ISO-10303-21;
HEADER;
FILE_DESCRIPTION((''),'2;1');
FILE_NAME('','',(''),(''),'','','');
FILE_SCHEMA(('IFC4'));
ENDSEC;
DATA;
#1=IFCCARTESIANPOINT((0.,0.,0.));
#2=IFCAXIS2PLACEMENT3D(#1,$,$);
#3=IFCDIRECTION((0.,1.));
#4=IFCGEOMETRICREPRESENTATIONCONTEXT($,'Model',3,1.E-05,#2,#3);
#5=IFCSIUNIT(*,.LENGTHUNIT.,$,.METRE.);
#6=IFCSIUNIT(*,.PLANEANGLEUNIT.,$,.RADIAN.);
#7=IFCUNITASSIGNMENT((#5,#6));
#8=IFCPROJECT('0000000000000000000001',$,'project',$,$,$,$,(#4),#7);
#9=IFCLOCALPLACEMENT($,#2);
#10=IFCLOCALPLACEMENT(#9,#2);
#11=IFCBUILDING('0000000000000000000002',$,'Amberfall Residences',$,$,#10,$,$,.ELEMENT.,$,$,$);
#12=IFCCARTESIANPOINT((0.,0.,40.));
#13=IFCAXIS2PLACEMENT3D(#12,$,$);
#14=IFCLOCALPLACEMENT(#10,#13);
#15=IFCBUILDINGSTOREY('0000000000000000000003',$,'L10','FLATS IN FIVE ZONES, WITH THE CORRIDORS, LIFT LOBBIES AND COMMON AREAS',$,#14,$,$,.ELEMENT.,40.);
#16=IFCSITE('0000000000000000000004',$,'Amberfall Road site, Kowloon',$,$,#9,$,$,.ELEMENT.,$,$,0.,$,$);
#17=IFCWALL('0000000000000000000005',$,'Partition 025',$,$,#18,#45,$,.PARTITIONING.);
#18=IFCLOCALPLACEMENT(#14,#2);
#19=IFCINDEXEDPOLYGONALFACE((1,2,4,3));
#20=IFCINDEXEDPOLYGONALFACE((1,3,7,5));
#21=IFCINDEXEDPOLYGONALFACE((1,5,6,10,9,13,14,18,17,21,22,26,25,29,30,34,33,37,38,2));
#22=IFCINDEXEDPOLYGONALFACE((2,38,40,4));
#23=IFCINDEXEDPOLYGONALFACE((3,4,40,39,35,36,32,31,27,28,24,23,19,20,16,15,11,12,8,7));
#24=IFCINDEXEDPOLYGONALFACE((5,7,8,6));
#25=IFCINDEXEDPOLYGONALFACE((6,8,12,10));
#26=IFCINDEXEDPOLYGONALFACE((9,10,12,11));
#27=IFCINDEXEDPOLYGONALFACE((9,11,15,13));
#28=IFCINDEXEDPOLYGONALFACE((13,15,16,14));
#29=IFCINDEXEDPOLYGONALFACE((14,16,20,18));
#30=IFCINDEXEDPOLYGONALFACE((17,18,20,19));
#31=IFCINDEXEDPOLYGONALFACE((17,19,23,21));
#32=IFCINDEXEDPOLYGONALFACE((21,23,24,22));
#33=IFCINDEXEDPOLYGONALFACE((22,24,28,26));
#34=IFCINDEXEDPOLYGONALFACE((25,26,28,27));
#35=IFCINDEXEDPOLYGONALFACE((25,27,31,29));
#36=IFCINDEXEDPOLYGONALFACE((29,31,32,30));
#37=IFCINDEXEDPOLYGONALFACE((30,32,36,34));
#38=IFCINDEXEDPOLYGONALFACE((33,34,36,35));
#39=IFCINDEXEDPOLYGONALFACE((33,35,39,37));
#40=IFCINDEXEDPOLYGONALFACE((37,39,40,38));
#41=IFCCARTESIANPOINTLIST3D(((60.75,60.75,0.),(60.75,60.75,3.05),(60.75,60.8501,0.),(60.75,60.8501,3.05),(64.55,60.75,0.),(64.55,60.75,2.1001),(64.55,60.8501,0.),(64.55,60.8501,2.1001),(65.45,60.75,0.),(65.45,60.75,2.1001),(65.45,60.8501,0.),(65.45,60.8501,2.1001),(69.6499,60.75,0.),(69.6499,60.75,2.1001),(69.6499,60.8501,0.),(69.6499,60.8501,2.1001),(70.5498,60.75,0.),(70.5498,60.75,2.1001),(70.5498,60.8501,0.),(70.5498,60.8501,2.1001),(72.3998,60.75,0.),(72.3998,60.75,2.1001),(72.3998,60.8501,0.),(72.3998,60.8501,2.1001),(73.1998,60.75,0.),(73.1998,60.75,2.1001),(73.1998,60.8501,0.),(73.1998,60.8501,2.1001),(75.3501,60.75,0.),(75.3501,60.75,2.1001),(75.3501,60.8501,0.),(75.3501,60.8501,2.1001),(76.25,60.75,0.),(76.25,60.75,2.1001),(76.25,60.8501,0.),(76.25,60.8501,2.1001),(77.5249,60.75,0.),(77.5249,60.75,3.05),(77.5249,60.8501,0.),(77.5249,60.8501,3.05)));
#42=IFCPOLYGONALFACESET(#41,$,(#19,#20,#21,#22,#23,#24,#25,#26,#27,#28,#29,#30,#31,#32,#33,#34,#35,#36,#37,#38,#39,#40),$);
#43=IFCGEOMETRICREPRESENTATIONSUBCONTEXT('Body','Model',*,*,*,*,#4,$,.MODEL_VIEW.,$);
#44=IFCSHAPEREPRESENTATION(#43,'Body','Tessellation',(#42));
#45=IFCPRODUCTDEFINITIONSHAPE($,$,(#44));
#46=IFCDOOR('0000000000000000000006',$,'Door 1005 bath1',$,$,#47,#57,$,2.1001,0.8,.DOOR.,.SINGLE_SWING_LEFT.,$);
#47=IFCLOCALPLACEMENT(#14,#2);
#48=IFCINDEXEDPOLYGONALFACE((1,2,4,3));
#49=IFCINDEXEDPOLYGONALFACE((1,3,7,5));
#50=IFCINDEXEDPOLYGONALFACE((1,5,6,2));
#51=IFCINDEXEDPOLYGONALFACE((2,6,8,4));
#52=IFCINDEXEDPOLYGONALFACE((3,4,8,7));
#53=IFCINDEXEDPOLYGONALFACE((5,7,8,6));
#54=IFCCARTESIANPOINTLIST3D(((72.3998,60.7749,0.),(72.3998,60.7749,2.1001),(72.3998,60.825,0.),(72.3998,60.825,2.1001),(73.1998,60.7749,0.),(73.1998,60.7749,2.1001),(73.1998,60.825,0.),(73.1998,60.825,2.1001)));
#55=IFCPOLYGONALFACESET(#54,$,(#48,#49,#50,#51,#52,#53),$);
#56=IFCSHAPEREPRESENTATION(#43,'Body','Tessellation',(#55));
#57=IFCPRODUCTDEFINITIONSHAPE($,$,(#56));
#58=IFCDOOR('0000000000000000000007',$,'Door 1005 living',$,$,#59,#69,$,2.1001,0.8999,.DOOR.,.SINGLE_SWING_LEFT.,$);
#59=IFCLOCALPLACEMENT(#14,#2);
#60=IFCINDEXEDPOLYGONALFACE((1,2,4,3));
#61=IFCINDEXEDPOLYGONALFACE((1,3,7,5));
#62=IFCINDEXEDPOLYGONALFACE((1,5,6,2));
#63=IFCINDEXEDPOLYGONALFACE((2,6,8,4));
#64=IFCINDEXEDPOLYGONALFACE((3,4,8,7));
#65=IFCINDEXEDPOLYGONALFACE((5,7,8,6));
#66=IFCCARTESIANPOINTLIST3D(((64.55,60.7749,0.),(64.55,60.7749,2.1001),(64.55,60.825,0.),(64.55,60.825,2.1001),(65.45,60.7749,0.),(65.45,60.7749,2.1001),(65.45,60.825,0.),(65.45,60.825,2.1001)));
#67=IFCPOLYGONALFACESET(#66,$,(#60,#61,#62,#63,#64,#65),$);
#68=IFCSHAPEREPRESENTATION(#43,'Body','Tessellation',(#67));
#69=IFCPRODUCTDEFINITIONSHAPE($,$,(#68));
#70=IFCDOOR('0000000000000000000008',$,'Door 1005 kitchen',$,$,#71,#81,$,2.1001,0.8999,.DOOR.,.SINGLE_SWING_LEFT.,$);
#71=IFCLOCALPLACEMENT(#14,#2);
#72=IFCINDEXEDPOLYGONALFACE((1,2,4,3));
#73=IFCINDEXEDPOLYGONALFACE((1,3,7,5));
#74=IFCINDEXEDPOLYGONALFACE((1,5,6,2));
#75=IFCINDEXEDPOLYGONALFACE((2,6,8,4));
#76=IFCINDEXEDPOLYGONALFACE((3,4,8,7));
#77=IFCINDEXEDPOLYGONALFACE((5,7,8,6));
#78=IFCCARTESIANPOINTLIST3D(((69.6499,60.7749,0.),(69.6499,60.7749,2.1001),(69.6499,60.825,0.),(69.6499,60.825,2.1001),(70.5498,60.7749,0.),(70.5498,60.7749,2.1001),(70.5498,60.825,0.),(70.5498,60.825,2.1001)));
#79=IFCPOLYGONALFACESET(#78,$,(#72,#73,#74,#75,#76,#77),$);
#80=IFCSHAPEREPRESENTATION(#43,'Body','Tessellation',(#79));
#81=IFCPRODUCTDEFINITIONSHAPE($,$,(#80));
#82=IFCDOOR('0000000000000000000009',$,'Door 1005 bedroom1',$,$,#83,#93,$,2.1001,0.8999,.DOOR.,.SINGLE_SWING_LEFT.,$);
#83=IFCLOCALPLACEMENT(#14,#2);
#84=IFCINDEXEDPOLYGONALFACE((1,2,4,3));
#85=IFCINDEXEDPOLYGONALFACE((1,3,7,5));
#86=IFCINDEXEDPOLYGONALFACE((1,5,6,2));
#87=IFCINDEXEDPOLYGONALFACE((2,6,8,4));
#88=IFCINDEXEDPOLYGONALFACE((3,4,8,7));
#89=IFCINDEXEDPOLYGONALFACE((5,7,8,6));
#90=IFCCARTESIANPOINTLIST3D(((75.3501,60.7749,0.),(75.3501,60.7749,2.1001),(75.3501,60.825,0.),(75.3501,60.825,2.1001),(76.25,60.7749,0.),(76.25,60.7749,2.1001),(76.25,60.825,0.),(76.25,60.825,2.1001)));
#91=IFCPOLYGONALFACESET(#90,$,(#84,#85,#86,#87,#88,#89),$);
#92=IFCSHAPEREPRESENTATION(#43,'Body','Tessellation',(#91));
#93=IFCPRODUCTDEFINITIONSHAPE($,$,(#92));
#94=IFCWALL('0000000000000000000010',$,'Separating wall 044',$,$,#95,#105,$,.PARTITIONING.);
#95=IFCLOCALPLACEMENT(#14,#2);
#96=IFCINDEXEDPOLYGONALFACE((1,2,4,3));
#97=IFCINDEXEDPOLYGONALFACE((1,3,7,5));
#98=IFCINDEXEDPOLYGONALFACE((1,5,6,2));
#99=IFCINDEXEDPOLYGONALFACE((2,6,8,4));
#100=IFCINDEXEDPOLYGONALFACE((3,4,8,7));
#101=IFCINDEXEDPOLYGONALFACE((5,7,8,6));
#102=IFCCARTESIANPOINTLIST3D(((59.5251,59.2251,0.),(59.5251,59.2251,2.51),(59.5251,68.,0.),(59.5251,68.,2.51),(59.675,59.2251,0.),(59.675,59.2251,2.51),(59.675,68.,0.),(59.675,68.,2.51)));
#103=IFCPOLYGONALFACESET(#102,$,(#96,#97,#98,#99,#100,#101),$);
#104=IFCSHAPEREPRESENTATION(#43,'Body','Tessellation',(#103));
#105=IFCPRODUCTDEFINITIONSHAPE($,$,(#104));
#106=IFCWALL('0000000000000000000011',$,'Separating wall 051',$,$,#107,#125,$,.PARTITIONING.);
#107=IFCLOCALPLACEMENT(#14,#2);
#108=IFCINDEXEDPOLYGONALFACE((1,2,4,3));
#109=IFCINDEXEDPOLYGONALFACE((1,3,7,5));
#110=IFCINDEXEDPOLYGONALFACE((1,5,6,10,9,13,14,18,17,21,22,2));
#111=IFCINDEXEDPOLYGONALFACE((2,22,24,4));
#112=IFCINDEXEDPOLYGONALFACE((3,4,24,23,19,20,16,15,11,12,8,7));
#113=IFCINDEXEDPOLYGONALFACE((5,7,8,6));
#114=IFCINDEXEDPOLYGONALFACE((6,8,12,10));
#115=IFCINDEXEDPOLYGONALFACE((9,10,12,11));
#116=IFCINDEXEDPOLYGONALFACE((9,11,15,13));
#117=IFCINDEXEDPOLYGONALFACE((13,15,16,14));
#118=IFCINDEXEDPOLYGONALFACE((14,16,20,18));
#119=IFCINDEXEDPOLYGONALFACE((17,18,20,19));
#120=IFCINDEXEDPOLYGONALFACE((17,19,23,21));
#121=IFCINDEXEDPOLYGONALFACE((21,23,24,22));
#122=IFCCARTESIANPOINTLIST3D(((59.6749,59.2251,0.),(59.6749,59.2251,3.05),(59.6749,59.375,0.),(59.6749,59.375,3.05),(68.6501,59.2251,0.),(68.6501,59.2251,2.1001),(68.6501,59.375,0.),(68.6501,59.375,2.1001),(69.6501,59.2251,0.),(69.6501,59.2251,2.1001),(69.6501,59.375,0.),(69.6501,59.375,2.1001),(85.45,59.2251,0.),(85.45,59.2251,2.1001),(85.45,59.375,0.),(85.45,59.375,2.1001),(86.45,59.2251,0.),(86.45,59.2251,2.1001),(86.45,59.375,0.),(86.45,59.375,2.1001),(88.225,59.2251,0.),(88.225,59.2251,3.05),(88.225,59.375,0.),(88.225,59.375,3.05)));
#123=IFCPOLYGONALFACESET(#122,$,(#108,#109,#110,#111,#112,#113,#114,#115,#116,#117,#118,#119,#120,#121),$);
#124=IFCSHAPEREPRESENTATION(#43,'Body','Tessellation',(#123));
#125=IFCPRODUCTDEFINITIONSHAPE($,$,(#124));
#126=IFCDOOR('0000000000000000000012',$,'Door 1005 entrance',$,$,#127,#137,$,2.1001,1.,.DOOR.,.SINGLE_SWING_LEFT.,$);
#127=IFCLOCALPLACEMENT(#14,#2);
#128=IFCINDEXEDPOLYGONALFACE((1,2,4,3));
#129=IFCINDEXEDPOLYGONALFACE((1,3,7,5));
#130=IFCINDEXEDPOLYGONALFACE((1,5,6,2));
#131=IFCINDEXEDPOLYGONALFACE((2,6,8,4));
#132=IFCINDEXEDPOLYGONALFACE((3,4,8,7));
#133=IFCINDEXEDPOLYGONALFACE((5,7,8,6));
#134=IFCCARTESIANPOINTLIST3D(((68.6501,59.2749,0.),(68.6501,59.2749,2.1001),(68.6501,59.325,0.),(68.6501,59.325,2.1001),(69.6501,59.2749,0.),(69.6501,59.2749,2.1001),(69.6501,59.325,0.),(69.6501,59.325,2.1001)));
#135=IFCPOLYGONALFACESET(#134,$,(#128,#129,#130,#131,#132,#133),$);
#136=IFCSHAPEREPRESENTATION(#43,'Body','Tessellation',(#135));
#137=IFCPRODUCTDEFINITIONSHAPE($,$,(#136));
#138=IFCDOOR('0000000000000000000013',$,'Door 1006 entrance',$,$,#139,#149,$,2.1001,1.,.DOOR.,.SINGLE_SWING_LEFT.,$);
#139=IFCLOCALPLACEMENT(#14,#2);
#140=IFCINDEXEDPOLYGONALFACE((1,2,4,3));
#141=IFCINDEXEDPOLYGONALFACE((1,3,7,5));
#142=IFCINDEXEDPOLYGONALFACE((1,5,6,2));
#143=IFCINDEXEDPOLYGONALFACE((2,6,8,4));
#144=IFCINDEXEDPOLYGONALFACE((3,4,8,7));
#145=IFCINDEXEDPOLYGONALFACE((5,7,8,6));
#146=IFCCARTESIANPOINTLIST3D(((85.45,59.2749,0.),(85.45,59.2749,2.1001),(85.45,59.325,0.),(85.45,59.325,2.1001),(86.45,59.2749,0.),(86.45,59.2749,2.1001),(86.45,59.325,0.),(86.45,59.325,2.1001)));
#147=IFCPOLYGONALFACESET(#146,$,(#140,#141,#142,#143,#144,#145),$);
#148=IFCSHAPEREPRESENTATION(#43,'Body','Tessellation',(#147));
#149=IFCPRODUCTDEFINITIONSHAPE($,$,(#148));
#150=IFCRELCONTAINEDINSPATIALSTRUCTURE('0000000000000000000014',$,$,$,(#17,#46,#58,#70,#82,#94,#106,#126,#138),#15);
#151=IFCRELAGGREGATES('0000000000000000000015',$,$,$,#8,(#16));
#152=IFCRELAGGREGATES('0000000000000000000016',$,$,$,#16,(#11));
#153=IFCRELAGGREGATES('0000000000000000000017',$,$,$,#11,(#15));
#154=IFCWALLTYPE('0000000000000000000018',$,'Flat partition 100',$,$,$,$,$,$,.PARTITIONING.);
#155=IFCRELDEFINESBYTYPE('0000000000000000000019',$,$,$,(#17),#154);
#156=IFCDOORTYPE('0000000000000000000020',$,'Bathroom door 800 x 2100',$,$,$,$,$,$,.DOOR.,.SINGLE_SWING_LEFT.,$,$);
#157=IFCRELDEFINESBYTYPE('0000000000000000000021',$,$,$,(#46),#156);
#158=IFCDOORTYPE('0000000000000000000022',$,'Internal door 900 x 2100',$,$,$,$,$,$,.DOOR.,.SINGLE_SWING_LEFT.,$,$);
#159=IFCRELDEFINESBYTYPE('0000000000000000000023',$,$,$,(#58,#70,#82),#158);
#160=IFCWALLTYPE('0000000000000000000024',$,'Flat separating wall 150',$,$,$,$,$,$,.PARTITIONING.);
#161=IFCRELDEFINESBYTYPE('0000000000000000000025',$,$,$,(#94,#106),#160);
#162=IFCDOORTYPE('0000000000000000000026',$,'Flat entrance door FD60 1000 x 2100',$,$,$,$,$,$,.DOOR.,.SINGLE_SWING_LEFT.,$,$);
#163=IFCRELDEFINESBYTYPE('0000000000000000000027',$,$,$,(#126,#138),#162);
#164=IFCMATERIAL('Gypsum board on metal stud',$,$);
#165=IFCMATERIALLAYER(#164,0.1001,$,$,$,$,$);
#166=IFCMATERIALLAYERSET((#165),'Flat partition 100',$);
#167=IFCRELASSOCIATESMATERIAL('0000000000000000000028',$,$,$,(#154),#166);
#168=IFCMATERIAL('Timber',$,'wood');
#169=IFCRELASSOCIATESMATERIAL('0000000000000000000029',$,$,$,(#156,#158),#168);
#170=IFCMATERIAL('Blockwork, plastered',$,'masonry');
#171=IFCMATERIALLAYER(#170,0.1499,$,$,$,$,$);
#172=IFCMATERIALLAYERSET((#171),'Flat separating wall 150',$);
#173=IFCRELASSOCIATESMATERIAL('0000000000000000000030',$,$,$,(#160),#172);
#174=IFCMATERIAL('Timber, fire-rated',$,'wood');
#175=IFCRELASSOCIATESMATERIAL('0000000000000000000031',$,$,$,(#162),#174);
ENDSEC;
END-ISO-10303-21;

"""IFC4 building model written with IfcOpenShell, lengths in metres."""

from ifc_helpers import new_model, si_unit, direction, frame, frame_2d, origin, place, context, subcontext, project, spatial, rectangle, extrude, material, layer, layer_set, type_object, element, fill, save


model = new_model("IFC4")

# Units and contexts
model_context = context("Model", 3, precision=1e-05, world=origin(), true_north=direction((0.0, 1.0)))
body_context = subcontext(model_context, "Body", "Model", "MODEL_VIEW")
ifc_project = project(units=[si_unit("LENGTHUNIT", "METRE"), si_unit("PLANEANGLEUNIT", "RADIAN")], contexts=[model_context])

# Site, building, storey
site_placement = place(None, origin())
site = spatial("IfcSite", under=ifc_project, at=site_placement, Name="Amberfall Road site, Kowloon", CompositionType="ELEMENT", RefElevation=0.0)
building_placement = place(site_placement, origin())
building = spatial("IfcBuilding", under=site, at=building_placement, Name="Amberfall Residences", CompositionType="ELEMENT")
storey_placement = place(building_placement, frame((0.0, 0.0, 40.0)))
storey = spatial("IfcBuildingStorey", under=building, at=storey_placement, Name="L10", Description="FLATS IN FIVE ZONES, WITH THE CORRIDORS, LIFT LOBBIES AND COMMON AREAS", CompositionType="ELEMENT", Elevation=40.0)

# Shared definitions
ifc_material_1 = material(Name="Gypsum board on metal stud")
ifc_layer_1 = layer(ifc_material_1, 0.1001)
ifc_layer_set_1 = layer_set([ifc_layer_1], Name="Flat partition 100")
wall_type_1 = type_object("IfcWallType", Name="Flat partition 100", PredefinedType="PARTITIONING", material=ifc_layer_set_1)
ifc_material_2 = material(Name="Timber", Category="wood")
door_type_1 = type_object("IfcDoorType", Name="Bathroom door 800 x 2100", OperationType="SINGLE_SWING_LEFT", PredefinedType="DOOR", material=ifc_material_2)

# Wall, openings, doors
wall_1_placement = place(storey_placement, frame((60.75, 60.8, 0.0), z_axis=(0.0, 0.0, 1.0), x_axis=(1.0, 0.0, 0.0)))
wall_1 = element("IfcWall", 1, at=wall_1_placement, inside=storey, type_object=wall_type_1, Name="Partition 025", PredefinedType="PARTITIONING", context=body_context, shape_type="SweptSolid", body=[
    extrude(rectangle(XDim=16.7749, YDim=0.1001, at=frame_2d((8.3875, 0.0))), origin(), (0.0, 0.0, 1.0), 3.05),
])
opening_1_placement = place(wall_1_placement, frame((3.8, 0.0, 0.0)))
opening_1 = element("IfcOpeningElement", 2, at=opening_1_placement, cuts=wall_1, PredefinedType="OPENING", context=body_context, shape_type="SweptSolid", body=[
    extrude(rectangle(XDim=0.8999, YDim=2.1001, at=frame_2d((0.45, 1.05))), frame((0.0, 0.0601, 0.0), z_axis=(0.0, -1.0, 0.0), x_axis=(1.0, 0.0, 0.0)), (0.0, 0.0, 1.0), 0.1201),
])
opening_2_placement = place(wall_1_placement, frame((8.8999, 0.0, 0.0)))
opening_2 = element("IfcOpeningElement", 3, at=opening_2_placement, cuts=wall_1, PredefinedType="OPENING", context=body_context, shape_type="SweptSolid", body=[
    extrude(rectangle(XDim=0.8999, YDim=2.1001, at=frame_2d((0.45, 1.05))), frame((0.0, 0.0601, 0.0), z_axis=(0.0, -1.0, 0.0), x_axis=(1.0, 0.0, 0.0)), (0.0, 0.0, 1.0), 0.1201),
])
opening_3_placement = place(wall_1_placement, frame((14.6001, 0.0, 0.0)))
opening_3 = element("IfcOpeningElement", 4, at=opening_3_placement, cuts=wall_1, PredefinedType="OPENING", context=body_context, shape_type="SweptSolid", body=[
    extrude(rectangle(XDim=0.8999, YDim=2.1001, at=frame_2d((0.45, 1.05))), frame((0.0, 0.0601, 0.0), z_axis=(0.0, -1.0, 0.0), x_axis=(1.0, 0.0, 0.0)), (0.0, 0.0, 1.0), 0.1201),
])
opening_4_placement = place(wall_1_placement, frame((11.6499, 0.0, 0.0)))
opening_4 = element("IfcOpeningElement", 5, at=opening_4_placement, cuts=wall_1, PredefinedType="OPENING", context=body_context, shape_type="SweptSolid", body=[
    extrude(rectangle(XDim=0.8, YDim=2.1001, at=frame_2d((0.3999, 1.05))), frame((0.0, 0.0601, 0.0), z_axis=(0.0, -1.0, 0.0), x_axis=(1.0, 0.0, 0.0)), (0.0, 0.0, 1.0), 0.1201),
])
door_1_placement = place(opening_4_placement, origin())
door_1 = element("IfcDoor", 6, at=door_1_placement, inside=storey, type_object=door_type_1, Name="Door 1005 bath1", OperationType="SINGLE_SWING_LEFT", OverallHeight=2.1001, OverallWidth=0.8, PredefinedType="DOOR", context=body_context, shape_type="SweptSolid", body=[
    extrude(rectangle(XDim=0.8, YDim=2.1001, at=frame_2d((0.3999, 1.05))), frame((0.0, 0.0249, 0.0), z_axis=(0.0, -1.0, 0.0), x_axis=(1.0, 0.0, 0.0)), (0.0, 0.0, 1.0), 0.05),
])
fill(opening_4, door_1)
door_type_2 = type_object("IfcDoorType", Name="Internal door 900 x 2100", OperationType="SINGLE_SWING_LEFT", PredefinedType="DOOR", material=ifc_material_2)
door_2_placement = place(opening_1_placement, origin())
door_2 = element("IfcDoor", 7, at=door_2_placement, inside=storey, type_object=door_type_2, Name="Door 1005 living", OperationType="SINGLE_SWING_LEFT", OverallHeight=2.1001, OverallWidth=0.8999, PredefinedType="DOOR", context=body_context, shape_type="SweptSolid", body=[
    extrude(rectangle(XDim=0.8999, YDim=2.1001, at=frame_2d((0.45, 1.05))), frame((0.0, 0.0249, 0.0), z_axis=(0.0, -1.0, 0.0), x_axis=(1.0, 0.0, 0.0)), (0.0, 0.0, 1.0), 0.05),
])
fill(opening_1, door_2)
door_3_placement = place(opening_2_placement, origin())
door_3 = element("IfcDoor", 8, at=door_3_placement, inside=storey, type_object=door_type_2, Name="Door 1005 kitchen", OperationType="SINGLE_SWING_LEFT", OverallHeight=2.1001, OverallWidth=0.8999, PredefinedType="DOOR", context=body_context, shape_type="SweptSolid", body=[
    extrude(rectangle(XDim=0.8999, YDim=2.1001, at=frame_2d((0.45, 1.05))), frame((0.0, 0.0249, 0.0), z_axis=(0.0, -1.0, 0.0), x_axis=(1.0, 0.0, 0.0)), (0.0, 0.0, 1.0), 0.05),
])
fill(opening_2, door_3)
door_4_placement = place(opening_3_placement, origin())
door_4 = element("IfcDoor", 9, at=door_4_placement, inside=storey, type_object=door_type_2, Name="Door 1005 bedroom1", OperationType="SINGLE_SWING_LEFT", OverallHeight=2.1001, OverallWidth=0.8999, PredefinedType="DOOR", context=body_context, shape_type="SweptSolid", body=[
    extrude(rectangle(XDim=0.8999, YDim=2.1001, at=frame_2d((0.45, 1.05))), frame((0.0, 0.0249, 0.0), z_axis=(0.0, -1.0, 0.0), x_axis=(1.0, 0.0, 0.0)), (0.0, 0.0, 1.0), 0.05),
])
fill(opening_3, door_4)

# Wall
ifc_material_3 = material(Name="Blockwork, plastered", Category="masonry")
ifc_layer_2 = layer(ifc_material_3, 0.1499)
ifc_layer_set_2 = layer_set([ifc_layer_2], Name="Flat separating wall 150")
wall_type_2 = type_object("IfcWallType", Name="Flat separating wall 150", PredefinedType="PARTITIONING", material=ifc_layer_set_2)
wall_2_placement = place(storey_placement, frame((59.6001, 59.2251, 0.0), z_axis=(0.0, 0.0, 1.0), x_axis=(0.0, 1.0, 0.0)))
element("IfcWall", 10, at=wall_2_placement, inside=storey, type_object=wall_type_2, Name="Separating wall 044", PredefinedType="PARTITIONING", context=body_context, shape_type="SweptSolid", body=[
    extrude(rectangle(XDim=8.7749, YDim=0.1499, at=frame_2d((4.3875, 0.0))), origin(), (0.0, 0.0, 1.0), 2.51),
])

# Wall, openings, doors
wall_3_placement = place(storey_placement, frame((59.675, 59.3, 0.0), z_axis=(0.0, 0.0, 1.0), x_axis=(1.0, 0.0, 0.0)))
wall_3 = element("IfcWall", 11, at=wall_3_placement, inside=storey, type_object=wall_type_2, Name="Separating wall 051", PredefinedType="PARTITIONING", context=body_context, shape_type="SweptSolid", body=[
    extrude(rectangle(XDim=28.55, YDim=0.1499, at=frame_2d((14.2749, 0.0))), origin(), (0.0, 0.0, 1.0), 3.05),
])
opening_5_placement = place(wall_3_placement, frame((8.9751, 0.0, 0.0)))
opening_5 = element("IfcOpeningElement", 12, at=opening_5_placement, cuts=wall_3, PredefinedType="OPENING", context=body_context, shape_type="SweptSolid", body=[
    extrude(rectangle(XDim=1.0, YDim=2.1001, at=frame_2d((0.5, 1.05))), frame((0.0, 0.085, 0.0), z_axis=(0.0, -1.0, 0.0), x_axis=(1.0, 0.0, 0.0)), (0.0, 0.0, 1.0), 0.1699),
])
opening_6_placement = place(wall_3_placement, frame((25.7749, 0.0, 0.0)))
opening_6 = element("IfcOpeningElement", 13, at=opening_6_placement, cuts=wall_3, PredefinedType="OPENING", context=body_context, shape_type="SweptSolid", body=[
    extrude(rectangle(XDim=1.0, YDim=2.1001, at=frame_2d((0.5, 1.05))), frame((0.0, 0.085, 0.0), z_axis=(0.0, -1.0, 0.0), x_axis=(1.0, 0.0, 0.0)), (0.0, 0.0, 1.0), 0.1699),
])
ifc_material_4 = material(Name="Timber, fire-rated", Category="wood")
door_type_3 = type_object("IfcDoorType", Name="Flat entrance door FD60 1000 x 2100", OperationType="SINGLE_SWING_LEFT", PredefinedType="DOOR", material=ifc_material_4)
door_5_placement = place(opening_5_placement, origin())
door_5 = element("IfcDoor", 14, at=door_5_placement, inside=storey, type_object=door_type_3, Name="Door 1005 entrance", OperationType="SINGLE_SWING_LEFT", OverallHeight=2.1001, OverallWidth=1.0, PredefinedType="DOOR", context=body_context, shape_type="SweptSolid", body=[
    extrude(rectangle(XDim=1.0, YDim=2.1001, at=frame_2d((0.5, 1.05))), frame((0.0, 0.0249, 0.0), z_axis=(0.0, -1.0, 0.0), x_axis=(1.0, 0.0, 0.0)), (0.0, 0.0, 1.0), 0.05),
])
fill(opening_5, door_5)
door_6_placement = place(opening_6_placement, origin())
door_6 = element("IfcDoor", 15, at=door_6_placement, inside=storey, type_object=door_type_3, Name="Door 1006 entrance", OperationType="SINGLE_SWING_LEFT", OverallHeight=2.1001, OverallWidth=1.0, PredefinedType="DOOR", context=body_context, shape_type="SweptSolid", body=[
    extrude(rectangle(XDim=1.0, YDim=2.1001, at=frame_2d((0.5, 1.05))), frame((0.0, 0.0249, 0.0), z_axis=(0.0, -1.0, 0.0), x_axis=(1.0, 0.0, 0.0)), (0.0, 0.0, 1.0), 0.05),
])
fill(opening_6, door_6)

save(model, "model.ifc")
